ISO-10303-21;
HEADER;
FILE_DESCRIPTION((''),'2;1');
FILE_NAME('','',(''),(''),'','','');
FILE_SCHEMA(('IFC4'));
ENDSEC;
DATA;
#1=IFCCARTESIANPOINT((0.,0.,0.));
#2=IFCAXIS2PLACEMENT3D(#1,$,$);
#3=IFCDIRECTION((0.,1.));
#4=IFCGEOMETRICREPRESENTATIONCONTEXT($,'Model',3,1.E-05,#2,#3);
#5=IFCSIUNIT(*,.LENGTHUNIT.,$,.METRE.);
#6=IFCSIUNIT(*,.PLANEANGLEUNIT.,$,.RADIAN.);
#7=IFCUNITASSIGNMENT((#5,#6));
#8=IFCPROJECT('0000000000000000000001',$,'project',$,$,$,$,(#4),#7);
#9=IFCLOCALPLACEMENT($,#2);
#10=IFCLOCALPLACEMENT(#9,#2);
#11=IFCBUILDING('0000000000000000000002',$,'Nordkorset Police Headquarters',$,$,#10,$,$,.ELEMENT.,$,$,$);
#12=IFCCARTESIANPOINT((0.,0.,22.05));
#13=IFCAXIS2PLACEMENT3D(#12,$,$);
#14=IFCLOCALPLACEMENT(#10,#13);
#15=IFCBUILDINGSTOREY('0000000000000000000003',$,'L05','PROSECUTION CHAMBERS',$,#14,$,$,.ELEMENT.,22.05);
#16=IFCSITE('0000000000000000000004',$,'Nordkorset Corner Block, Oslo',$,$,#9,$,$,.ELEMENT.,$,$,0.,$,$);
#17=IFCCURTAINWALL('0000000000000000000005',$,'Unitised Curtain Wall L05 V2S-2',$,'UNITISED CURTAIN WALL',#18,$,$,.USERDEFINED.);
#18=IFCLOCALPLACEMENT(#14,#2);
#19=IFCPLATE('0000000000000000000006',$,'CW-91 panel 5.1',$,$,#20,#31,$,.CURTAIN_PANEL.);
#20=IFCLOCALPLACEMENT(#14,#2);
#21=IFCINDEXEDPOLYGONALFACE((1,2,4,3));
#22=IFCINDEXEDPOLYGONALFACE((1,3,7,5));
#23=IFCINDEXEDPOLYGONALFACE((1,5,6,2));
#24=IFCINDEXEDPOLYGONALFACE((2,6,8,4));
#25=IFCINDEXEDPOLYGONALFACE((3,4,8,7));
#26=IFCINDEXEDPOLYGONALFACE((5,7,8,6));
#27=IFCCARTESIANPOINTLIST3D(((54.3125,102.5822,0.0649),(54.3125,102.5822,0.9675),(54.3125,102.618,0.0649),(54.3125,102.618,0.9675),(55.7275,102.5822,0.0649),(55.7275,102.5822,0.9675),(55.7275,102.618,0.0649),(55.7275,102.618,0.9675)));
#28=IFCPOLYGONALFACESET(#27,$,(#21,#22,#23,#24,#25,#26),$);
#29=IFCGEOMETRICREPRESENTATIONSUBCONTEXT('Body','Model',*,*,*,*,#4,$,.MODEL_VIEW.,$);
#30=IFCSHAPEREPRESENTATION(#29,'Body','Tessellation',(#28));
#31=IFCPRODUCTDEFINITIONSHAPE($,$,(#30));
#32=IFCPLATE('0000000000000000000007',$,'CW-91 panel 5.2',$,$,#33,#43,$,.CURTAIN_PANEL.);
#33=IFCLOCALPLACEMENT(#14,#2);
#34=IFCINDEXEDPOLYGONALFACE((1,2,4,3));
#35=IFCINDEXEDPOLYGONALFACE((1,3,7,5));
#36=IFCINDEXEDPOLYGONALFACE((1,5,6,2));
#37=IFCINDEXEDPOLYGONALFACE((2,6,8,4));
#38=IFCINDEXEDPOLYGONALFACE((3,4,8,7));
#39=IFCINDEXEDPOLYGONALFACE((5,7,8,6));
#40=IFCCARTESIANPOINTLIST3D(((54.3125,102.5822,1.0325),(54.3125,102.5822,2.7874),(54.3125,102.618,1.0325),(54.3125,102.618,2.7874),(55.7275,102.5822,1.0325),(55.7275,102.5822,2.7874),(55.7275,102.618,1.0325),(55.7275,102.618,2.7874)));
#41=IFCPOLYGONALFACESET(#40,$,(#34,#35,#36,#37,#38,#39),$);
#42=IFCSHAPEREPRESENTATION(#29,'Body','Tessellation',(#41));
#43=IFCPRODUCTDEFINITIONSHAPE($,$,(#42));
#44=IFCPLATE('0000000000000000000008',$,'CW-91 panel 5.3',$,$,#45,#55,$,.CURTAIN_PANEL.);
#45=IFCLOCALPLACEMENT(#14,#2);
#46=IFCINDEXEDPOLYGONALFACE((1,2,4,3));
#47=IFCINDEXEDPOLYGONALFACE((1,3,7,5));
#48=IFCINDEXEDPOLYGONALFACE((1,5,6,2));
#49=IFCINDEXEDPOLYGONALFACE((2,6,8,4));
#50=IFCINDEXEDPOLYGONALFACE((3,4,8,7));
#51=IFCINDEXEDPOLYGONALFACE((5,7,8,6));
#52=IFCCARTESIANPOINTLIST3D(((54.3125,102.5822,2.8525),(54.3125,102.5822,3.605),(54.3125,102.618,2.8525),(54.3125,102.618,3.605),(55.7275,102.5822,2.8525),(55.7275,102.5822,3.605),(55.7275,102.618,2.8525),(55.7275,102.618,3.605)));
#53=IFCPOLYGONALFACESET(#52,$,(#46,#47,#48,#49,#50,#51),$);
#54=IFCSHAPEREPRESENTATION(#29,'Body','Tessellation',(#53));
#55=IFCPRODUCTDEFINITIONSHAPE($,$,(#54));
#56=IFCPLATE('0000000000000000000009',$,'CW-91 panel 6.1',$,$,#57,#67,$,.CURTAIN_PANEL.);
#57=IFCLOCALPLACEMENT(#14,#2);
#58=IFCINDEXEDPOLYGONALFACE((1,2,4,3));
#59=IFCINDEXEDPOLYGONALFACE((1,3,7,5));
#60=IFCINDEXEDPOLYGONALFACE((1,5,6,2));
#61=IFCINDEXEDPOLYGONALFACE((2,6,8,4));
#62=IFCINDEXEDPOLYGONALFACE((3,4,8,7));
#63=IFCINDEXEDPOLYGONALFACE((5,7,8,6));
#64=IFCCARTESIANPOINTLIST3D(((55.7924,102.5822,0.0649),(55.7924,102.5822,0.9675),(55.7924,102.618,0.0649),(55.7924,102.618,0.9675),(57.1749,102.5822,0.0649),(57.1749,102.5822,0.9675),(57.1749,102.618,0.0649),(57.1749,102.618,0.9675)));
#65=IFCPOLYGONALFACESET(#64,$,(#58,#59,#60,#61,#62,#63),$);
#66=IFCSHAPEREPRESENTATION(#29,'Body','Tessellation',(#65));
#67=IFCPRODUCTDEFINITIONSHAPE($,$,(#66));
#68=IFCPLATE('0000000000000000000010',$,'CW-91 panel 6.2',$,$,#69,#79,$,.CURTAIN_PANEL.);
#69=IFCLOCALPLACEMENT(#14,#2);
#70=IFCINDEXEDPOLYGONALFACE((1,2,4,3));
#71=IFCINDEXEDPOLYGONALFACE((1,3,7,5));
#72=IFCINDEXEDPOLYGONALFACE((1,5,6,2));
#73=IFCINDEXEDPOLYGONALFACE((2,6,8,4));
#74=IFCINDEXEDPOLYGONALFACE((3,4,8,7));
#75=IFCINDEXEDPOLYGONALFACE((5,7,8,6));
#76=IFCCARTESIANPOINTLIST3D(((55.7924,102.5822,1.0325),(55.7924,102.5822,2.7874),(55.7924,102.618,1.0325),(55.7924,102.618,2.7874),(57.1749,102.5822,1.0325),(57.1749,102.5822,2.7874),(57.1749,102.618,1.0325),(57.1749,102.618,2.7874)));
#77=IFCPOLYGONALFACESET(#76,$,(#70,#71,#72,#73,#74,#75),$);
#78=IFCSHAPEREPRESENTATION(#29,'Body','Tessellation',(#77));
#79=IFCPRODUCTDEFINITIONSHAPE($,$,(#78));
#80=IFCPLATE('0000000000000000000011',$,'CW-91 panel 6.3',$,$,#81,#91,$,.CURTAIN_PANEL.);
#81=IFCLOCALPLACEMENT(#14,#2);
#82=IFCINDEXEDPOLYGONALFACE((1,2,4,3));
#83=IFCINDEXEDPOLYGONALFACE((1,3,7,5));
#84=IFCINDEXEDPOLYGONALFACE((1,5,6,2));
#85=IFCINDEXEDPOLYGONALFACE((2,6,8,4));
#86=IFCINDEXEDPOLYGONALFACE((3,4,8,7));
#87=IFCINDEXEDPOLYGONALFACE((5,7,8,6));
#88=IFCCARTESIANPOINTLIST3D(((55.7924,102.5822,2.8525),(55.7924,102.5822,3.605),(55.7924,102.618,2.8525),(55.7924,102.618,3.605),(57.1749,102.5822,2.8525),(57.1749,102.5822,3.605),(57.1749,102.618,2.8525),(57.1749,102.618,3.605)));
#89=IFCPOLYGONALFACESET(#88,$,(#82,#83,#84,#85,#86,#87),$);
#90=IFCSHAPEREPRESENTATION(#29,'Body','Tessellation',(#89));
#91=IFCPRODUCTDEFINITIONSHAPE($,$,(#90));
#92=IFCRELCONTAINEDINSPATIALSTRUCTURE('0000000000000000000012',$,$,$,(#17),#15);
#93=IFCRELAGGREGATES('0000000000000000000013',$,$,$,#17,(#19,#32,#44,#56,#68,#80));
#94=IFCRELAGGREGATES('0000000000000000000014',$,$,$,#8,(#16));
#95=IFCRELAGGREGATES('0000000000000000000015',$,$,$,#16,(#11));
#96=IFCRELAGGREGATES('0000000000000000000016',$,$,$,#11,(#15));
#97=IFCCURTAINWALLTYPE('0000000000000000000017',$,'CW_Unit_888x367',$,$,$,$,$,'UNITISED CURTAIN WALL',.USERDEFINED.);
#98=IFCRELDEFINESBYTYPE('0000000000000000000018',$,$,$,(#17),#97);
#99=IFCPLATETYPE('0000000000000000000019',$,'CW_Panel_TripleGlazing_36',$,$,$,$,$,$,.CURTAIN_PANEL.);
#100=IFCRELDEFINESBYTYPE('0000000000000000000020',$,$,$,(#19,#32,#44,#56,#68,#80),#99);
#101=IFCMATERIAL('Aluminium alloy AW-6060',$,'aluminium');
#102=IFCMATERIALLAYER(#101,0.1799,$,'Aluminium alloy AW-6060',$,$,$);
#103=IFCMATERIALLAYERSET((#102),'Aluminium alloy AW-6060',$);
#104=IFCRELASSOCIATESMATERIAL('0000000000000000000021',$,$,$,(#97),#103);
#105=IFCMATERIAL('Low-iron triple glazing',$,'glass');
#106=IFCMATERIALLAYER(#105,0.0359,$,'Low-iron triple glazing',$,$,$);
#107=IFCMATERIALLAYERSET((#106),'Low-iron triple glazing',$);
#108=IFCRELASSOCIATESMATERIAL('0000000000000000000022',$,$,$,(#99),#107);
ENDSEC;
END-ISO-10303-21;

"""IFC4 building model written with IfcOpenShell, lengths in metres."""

from ifc_helpers import new_model, si_unit, direction, frame, origin, origin_2d, place, context, subcontext, project, spatial, rectangle, extrude, material, layer, layer_set, type_object, element, aggregate, save


model = new_model("IFC4")

# Units and contexts
model_context = context("Model", 3, precision=1e-05, world=origin(), true_north=direction((0.0, 1.0)))
body_context = subcontext(model_context, "Body", "Model", "MODEL_VIEW")
ifc_project = project(units=[si_unit("LENGTHUNIT", "METRE"), si_unit("PLANEANGLEUNIT", "RADIAN")], contexts=[model_context])

# Site, building, storey
site_placement = place(None, origin())
site = spatial("IfcSite", under=ifc_project, at=site_placement, Name="Nordkorset Corner Block, Oslo", CompositionType="ELEMENT", RefElevation=0.0)
building_placement = place(site_placement, origin())
building = spatial("IfcBuilding", under=site, at=building_placement, Name="Nordkorset Police Headquarters", CompositionType="ELEMENT")
storey_placement = place(building_placement, frame((0.0, 0.0, 22.05)))
storey = spatial("IfcBuildingStorey", under=building, at=storey_placement, Name="L05", Description="PROSECUTION CHAMBERS", CompositionType="ELEMENT", Elevation=22.05)

# Curtain wall
ifc_material_1 = material(Name="Aluminium alloy AW-6060", Category="aluminium")
ifc_layer_1 = layer(ifc_material_1, 0.1799, Name="Aluminium alloy AW-6060")
ifc_layer_set_1 = layer_set([ifc_layer_1], Name="Aluminium alloy AW-6060")
curtain_wall_type = type_object("IfcCurtainWallType", Name="CW_Unit_888x367", ElementType="UNITISED CURTAIN WALL", PredefinedType="USERDEFINED", material=ifc_layer_set_1)
curtain_wall_placement = place(storey_placement, origin())
curtain_wall = element("IfcCurtainWall", 1, at=curtain_wall_placement, inside=storey, type_object=curtain_wall_type, Name="Unitised Curtain Wall L05 V2S-2", ObjectType="UNITISED CURTAIN WALL", PredefinedType="USERDEFINED")

# Plates
ifc_material_2 = material(Name="Low-iron triple glazing", Category="glass")
ifc_layer_2 = layer(ifc_material_2, 0.0359, Name="Low-iron triple glazing")
ifc_layer_set_2 = layer_set([ifc_layer_2], Name="Low-iron triple glazing")
plate_type = type_object("IfcPlateType", Name="CW_Panel_TripleGlazing_36", PredefinedType="CURTAIN_PANEL", material=ifc_layer_set_2)
plate_1_placement = place(storey_placement, frame((55.02, 102.6001, 0.0649), z_axis=(0.0, 0.0, 1.0), x_axis=(1.0, 0.0, 0.0)))
plate_1 = element("IfcPlate", 2, at=plate_1_placement, type_object=plate_type, Name="CW-91 panel 5.1", PredefinedType="CURTAIN_PANEL", context=body_context, shape_type="SweptSolid", body=[
    extrude(rectangle(XDim=1.415, YDim=0.0359, at=origin_2d()), origin(), (0.0, 0.0, 1.0), 0.9026),
])
plate_2_placement = place(storey_placement, frame((55.02, 102.6001, 1.0325), z_axis=(0.0, 0.0, 1.0), x_axis=(1.0, 0.0, 0.0)))
plate_2 = element("IfcPlate", 3, at=plate_2_placement, type_object=plate_type, Name="CW-91 panel 5.2", PredefinedType="CURTAIN_PANEL", context=body_context, shape_type="SweptSolid", body=[
    extrude(rectangle(XDim=1.415, YDim=0.0359, at=origin_2d()), origin(), (0.0, 0.0, 1.0), 1.7549),
])
plate_3_placement = place(storey_placement, frame((55.02, 102.6001, 2.8525), z_axis=(0.0, 0.0, 1.0), x_axis=(1.0, 0.0, 0.0)))
plate_3 = element("IfcPlate", 4, at=plate_3_placement, type_object=plate_type, Name="CW-91 panel 5.3", PredefinedType="CURTAIN_PANEL", context=body_context, shape_type="SweptSolid", body=[
    extrude(rectangle(XDim=1.415, YDim=0.0359, at=origin_2d()), origin(), (0.0, 0.0, 1.0), 0.7524),
])
plate_4_placement = place(storey_placement, frame((56.4836, 102.6001, 0.0649), z_axis=(0.0, 0.0, 1.0), x_axis=(1.0, 0.0, 0.0)))
plate_4 = element("IfcPlate", 5, at=plate_4_placement, type_object=plate_type, Name="CW-91 panel 6.1", PredefinedType="CURTAIN_PANEL", context=body_context, shape_type="SweptSolid", body=[
    extrude(rectangle(XDim=1.3826, YDim=0.0359, at=origin_2d()), origin(), (0.0, 0.0, 1.0), 0.9026),
])
plate_5_placement = place(storey_placement, frame((56.4836, 102.6001, 1.0325), z_axis=(0.0, 0.0, 1.0), x_axis=(1.0, 0.0, 0.0)))
plate_5 = element("IfcPlate", 6, at=plate_5_placement, type_object=plate_type, Name="CW-91 panel 6.2", PredefinedType="CURTAIN_PANEL", context=body_context, shape_type="SweptSolid", body=[
    extrude(rectangle(XDim=1.3826, YDim=0.0359, at=origin_2d()), origin(), (0.0, 0.0, 1.0), 1.7549),
])
plate_6_placement = place(storey_placement, frame((56.4836, 102.6001, 2.8525), z_axis=(0.0, 0.0, 1.0), x_axis=(1.0, 0.0, 0.0)))
plate_6 = element("IfcPlate", 7, at=plate_6_placement, type_object=plate_type, Name="CW-91 panel 6.3", PredefinedType="CURTAIN_PANEL", context=body_context, shape_type="SweptSolid", body=[
    extrude(rectangle(XDim=1.3826, YDim=0.0359, at=origin_2d()), origin(), (0.0, 0.0, 1.0), 0.7524),
])
aggregate(curtain_wall, [plate_1, plate_2, plate_3, plate_4, plate_5, plate_6])

save(model, "model.ifc")
